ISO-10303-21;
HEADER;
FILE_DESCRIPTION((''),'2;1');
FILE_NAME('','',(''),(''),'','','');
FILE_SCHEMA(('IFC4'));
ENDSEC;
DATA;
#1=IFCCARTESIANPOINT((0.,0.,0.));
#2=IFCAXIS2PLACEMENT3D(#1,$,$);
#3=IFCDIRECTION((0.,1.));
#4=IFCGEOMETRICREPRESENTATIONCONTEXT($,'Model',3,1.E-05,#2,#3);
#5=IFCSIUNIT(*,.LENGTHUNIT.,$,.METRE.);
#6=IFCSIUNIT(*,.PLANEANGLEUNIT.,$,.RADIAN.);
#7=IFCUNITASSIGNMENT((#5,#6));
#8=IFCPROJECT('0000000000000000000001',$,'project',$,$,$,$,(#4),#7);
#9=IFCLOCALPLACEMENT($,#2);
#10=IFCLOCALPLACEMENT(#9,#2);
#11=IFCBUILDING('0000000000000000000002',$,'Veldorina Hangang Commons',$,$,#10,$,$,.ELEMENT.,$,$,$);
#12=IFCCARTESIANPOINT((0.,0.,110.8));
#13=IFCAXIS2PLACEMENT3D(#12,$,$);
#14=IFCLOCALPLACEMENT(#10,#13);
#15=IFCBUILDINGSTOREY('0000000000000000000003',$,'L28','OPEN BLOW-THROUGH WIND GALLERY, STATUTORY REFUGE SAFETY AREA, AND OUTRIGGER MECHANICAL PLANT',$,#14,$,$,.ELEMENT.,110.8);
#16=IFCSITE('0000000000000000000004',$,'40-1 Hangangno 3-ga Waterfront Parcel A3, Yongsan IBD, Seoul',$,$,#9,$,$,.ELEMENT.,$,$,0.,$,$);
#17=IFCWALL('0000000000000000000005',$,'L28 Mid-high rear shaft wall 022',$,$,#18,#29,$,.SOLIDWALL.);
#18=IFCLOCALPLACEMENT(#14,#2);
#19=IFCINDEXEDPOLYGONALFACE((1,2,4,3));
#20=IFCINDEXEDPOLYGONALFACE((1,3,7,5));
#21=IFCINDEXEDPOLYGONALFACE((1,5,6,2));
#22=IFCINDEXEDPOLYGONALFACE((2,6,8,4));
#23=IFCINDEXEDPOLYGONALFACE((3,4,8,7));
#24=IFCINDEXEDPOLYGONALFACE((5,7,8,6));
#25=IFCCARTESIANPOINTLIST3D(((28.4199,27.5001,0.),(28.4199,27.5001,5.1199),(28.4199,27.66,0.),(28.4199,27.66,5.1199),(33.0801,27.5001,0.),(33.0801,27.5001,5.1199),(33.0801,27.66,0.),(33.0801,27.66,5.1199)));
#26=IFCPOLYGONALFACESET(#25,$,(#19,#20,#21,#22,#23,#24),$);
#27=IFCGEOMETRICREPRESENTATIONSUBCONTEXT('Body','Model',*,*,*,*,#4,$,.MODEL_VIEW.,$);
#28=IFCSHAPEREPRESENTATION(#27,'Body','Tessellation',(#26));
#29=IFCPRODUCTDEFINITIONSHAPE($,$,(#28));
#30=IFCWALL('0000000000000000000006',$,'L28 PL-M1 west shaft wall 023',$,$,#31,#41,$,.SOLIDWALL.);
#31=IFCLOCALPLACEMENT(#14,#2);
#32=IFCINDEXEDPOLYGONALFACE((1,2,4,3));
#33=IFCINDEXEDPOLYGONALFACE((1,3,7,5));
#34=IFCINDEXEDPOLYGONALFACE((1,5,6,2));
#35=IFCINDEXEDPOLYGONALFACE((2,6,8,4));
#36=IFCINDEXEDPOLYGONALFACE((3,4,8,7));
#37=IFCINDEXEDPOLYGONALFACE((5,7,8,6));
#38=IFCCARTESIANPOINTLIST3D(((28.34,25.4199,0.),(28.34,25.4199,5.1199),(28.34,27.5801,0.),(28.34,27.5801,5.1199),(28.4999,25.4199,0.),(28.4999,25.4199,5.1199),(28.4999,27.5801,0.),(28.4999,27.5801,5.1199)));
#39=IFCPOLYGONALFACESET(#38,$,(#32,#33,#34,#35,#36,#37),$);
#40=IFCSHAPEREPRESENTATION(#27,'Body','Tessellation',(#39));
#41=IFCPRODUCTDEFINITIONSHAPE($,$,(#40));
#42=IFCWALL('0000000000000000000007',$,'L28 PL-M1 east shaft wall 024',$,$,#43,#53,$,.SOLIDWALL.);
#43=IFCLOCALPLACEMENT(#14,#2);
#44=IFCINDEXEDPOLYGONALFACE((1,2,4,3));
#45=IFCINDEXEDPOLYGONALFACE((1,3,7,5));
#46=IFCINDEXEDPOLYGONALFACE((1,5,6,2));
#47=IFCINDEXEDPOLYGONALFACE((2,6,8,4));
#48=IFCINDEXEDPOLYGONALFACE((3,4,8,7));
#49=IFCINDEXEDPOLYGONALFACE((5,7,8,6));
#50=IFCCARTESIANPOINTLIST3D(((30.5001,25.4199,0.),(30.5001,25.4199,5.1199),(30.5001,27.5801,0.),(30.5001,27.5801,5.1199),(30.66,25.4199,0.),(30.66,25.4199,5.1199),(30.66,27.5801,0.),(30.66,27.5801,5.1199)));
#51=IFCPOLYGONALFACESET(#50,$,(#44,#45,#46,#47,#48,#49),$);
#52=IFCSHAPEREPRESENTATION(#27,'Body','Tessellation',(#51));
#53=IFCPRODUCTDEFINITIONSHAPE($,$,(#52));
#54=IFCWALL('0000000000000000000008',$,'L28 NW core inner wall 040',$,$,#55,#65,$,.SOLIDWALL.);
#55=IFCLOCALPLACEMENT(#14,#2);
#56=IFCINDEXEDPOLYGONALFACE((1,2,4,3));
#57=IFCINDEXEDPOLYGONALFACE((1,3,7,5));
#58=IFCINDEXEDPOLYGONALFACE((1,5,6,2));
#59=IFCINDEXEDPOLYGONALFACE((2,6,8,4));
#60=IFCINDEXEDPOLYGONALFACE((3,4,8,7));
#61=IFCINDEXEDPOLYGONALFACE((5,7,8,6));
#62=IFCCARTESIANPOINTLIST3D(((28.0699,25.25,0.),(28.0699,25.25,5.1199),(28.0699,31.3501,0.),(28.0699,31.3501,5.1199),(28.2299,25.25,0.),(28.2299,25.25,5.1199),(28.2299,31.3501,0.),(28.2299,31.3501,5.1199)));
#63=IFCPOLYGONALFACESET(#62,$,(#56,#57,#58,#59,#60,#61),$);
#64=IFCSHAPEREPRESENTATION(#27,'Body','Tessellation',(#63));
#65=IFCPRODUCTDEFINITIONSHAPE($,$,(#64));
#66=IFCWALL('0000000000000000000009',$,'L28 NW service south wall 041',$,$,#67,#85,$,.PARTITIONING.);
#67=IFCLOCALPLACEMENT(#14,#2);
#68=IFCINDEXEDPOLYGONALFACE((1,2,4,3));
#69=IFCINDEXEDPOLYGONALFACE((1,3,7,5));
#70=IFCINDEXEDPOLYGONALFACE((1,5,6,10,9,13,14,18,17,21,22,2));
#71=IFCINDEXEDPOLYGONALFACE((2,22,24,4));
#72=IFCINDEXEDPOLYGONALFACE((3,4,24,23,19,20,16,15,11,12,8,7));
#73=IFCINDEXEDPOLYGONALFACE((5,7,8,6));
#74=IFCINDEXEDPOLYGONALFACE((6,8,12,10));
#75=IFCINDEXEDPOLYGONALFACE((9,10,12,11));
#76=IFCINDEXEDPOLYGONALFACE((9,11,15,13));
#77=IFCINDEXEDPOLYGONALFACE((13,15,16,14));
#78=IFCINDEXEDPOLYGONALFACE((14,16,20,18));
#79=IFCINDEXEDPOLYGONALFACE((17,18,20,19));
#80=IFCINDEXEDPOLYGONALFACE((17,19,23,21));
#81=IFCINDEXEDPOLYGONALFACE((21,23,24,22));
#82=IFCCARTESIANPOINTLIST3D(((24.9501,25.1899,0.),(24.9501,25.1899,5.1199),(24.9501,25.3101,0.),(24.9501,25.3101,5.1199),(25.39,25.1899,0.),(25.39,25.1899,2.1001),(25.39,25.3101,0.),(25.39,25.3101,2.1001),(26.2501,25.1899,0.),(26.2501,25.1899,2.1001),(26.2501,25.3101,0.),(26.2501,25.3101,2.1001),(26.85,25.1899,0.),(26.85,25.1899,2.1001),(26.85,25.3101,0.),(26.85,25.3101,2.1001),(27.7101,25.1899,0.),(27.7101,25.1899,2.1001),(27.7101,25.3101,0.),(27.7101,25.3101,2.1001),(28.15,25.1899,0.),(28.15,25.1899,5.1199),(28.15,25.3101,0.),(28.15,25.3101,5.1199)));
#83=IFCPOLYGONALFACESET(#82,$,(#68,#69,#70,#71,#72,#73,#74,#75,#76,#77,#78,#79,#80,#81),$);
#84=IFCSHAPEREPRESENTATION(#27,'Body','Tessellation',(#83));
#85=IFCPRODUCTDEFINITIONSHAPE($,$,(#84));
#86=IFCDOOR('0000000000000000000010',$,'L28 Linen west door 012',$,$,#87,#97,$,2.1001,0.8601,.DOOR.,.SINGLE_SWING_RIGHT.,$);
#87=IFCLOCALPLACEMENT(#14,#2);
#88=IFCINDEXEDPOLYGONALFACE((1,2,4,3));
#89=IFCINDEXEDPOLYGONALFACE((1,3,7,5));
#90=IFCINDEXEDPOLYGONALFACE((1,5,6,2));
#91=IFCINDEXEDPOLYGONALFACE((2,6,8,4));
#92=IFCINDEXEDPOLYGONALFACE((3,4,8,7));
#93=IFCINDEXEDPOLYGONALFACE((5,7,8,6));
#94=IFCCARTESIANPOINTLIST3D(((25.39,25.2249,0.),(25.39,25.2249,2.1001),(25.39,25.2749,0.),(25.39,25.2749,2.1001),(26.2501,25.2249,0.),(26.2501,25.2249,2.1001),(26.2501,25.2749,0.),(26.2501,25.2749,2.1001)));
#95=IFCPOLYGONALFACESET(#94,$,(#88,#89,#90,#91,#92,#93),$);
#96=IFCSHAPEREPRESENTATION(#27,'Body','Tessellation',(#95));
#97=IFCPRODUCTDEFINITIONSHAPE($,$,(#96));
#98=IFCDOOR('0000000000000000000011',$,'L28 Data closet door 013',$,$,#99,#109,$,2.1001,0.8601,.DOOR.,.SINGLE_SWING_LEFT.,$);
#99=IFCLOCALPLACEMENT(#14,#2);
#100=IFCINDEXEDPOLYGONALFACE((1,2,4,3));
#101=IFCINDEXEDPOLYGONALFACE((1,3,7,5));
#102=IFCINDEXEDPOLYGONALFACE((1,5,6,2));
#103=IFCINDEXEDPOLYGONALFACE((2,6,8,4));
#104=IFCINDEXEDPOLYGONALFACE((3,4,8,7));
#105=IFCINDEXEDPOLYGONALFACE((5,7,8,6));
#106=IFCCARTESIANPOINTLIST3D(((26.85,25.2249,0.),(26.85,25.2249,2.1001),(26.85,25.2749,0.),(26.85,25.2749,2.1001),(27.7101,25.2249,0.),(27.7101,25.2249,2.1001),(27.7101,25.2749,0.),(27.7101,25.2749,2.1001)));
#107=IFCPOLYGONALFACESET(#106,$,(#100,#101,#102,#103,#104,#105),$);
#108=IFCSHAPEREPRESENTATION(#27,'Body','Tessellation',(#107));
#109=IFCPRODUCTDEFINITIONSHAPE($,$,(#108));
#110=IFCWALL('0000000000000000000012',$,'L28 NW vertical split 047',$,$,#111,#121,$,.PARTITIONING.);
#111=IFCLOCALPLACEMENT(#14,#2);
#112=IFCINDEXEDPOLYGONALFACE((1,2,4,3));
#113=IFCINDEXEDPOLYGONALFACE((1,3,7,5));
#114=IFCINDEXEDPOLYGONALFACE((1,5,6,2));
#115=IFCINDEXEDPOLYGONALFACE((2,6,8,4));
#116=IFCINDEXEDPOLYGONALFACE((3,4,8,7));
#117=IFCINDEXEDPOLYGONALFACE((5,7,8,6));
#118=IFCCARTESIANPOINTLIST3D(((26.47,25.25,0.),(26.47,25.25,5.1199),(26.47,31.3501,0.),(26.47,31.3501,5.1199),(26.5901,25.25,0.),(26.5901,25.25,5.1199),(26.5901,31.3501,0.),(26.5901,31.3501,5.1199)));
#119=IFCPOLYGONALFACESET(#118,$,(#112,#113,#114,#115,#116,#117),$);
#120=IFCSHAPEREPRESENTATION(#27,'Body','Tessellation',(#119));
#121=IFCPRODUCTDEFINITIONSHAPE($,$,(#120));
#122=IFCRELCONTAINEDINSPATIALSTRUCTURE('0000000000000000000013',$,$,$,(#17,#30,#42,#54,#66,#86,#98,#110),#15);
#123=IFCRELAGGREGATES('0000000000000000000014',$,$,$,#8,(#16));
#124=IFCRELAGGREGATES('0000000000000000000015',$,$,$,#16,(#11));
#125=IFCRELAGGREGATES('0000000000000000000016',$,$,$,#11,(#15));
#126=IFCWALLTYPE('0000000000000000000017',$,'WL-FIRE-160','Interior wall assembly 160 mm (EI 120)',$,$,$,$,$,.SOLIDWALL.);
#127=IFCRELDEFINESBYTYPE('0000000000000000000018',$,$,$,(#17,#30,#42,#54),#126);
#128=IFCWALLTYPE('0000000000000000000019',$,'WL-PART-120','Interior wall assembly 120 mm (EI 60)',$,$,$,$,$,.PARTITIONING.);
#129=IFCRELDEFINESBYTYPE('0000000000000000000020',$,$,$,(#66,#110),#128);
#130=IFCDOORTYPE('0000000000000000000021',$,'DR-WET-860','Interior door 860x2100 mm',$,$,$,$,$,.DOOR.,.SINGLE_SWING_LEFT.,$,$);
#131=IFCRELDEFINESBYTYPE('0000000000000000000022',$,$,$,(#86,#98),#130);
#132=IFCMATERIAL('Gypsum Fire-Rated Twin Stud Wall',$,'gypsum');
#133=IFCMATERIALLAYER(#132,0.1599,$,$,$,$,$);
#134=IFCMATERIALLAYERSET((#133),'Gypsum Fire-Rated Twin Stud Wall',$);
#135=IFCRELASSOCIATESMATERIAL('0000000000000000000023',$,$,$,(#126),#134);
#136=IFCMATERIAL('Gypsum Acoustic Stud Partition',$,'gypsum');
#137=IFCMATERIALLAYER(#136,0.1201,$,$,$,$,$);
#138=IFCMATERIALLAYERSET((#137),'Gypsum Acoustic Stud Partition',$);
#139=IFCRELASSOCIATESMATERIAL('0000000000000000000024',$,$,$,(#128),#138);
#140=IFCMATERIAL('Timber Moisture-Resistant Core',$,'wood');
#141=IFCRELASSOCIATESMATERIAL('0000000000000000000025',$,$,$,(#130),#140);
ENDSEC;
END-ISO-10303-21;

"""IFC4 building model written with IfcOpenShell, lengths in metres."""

from ifc_helpers import new_model, si_unit, direction, frame, frame_2d, origin, place, context, subcontext, project, spatial, rectangle, extrude, material, layer, layer_set, type_object, element, fill, save


model = new_model("IFC4")

# Units and contexts
model_context = context("Model", 3, precision=1e-05, world=origin(), true_north=direction((0.0, 1.0)))
body_context = subcontext(model_context, "Body", "Model", "MODEL_VIEW")
ifc_project = project(units=[si_unit("LENGTHUNIT", "METRE"), si_unit("PLANEANGLEUNIT", "RADIAN")], contexts=[model_context])

# Site, building, storey
site_placement = place(None, origin())
site = spatial("IfcSite", under=ifc_project, at=site_placement, Name="40-1 Hangangno 3-ga Waterfront Parcel A3, Yongsan IBD, Seoul", CompositionType="ELEMENT", RefElevation=0.0)
building_placement = place(site_placement, origin())
building = spatial("IfcBuilding", under=site, at=building_placement, Name="Veldorina Hangang Commons", CompositionType="ELEMENT")
storey_placement = place(building_placement, frame((0.0, 0.0, 110.8)))
storey = spatial("IfcBuildingStorey", under=building, at=storey_placement, Name="L28", Description="OPEN BLOW-THROUGH WIND GALLERY, STATUTORY REFUGE SAFETY AREA, AND OUTRIGGER MECHANICAL PLANT", CompositionType="ELEMENT", Elevation=110.8)

# Shared definitions
ifc_material_1 = material(Name="Gypsum Fire-Rated Twin Stud Wall", Category="gypsum")
ifc_layer_1 = layer(ifc_material_1, 0.1599)
ifc_layer_set_1 = layer_set([ifc_layer_1], Name="Gypsum Fire-Rated Twin Stud Wall")
wall_type_1 = type_object("IfcWallType", Name="WL-FIRE-160", Description="Interior wall assembly 160 mm (EI 120)", PredefinedType="SOLIDWALL", material=ifc_layer_set_1)

# Walls
wall_1_placement = place(storey_placement, frame((28.4199, 27.5801, 0.0), z_axis=(0.0, 0.0, 1.0), x_axis=(1.0, 0.0, 0.0)))
element("IfcWall", 1, at=wall_1_placement, inside=storey, type_object=wall_type_1, Name="L28 Mid-high rear shaft wall 022", PredefinedType="SOLIDWALL", context=body_context, shape_type="SweptSolid", body=[
    extrude(rectangle(XDim=4.6602, YDim=0.1599, at=frame_2d((2.3301, 0.0))), origin(), (0.0, 0.0, 1.0), 5.1199),
])
for number, where, z_axis, x_axis, name in (
    (2, (28.4199, 25.4199, 0.0), (0.0, 0.0, 1.0), (0.0, 1.0, 0.0), "L28 PL-M1 west shaft wall 023"),
    (3, (30.5801, 25.4199, 0.0), (0.0, 0.0, 1.0), (0.0, 1.0, 0.0), "L28 PL-M1 east shaft wall 024"),
):
    element("IfcWall", number, at=place(storey_placement, frame(where, z_axis=z_axis, x_axis=x_axis)), inside=storey, type_object=wall_type_1, Name=name, PredefinedType="SOLIDWALL", context=body_context, shape_type="SweptSolid", body=[
        extrude(rectangle(XDim=2.1602, YDim=0.1599, at=frame_2d((1.0801, 0.0))), origin(), (0.0, 0.0, 1.0), 5.1199),
    ])
wall_2_placement = place(storey_placement, frame((28.1499, 25.25, 0.0), z_axis=(0.0, 0.0, 1.0), x_axis=(0.0, 1.0, 0.0)))
element("IfcWall", 4, at=wall_2_placement, inside=storey, type_object=wall_type_1, Name="L28 NW core inner wall 040", PredefinedType="SOLIDWALL", context=body_context, shape_type="SweptSolid", body=[
    extrude(rectangle(XDim=6.1001, YDim=0.1599, at=frame_2d((3.05, 0.0))), origin(), (0.0, 0.0, 1.0), 5.1199),
])

# Wall, openings, doors
ifc_material_2 = material(Name="Gypsum Acoustic Stud Partition", Category="gypsum")
ifc_layer_2 = layer(ifc_material_2, 0.1201)
ifc_layer_set_2 = layer_set([ifc_layer_2], Name="Gypsum Acoustic Stud Partition")
wall_type_2 = type_object("IfcWallType", Name="WL-PART-120", Description="Interior wall assembly 120 mm (EI 60)", PredefinedType="PARTITIONING", material=ifc_layer_set_2)
wall_3_placement = place(storey_placement, frame((24.95, 25.25, 0.0), z_axis=(0.0, 0.0, 1.0), x_axis=(1.0, 0.0, 0.0)))
wall_3 = element("IfcWall", 5, at=wall_3_placement, inside=storey, type_object=wall_type_2, Name="L28 NW service south wall 041", PredefinedType="PARTITIONING", context=body_context, shape_type="SweptSolid", body=[
    extrude(rectangle(XDim=3.2, YDim=0.1201, at=frame_2d((1.6001, 0.0))), origin(), (0.0, 0.0, 1.0), 5.1199),
])
opening_1_placement = place(wall_3_placement, frame((0.4399, 0.0, 0.0)))
opening_1 = element("IfcOpeningElement", 6, at=opening_1_placement, cuts=wall_3, PredefinedType="OPENING", context=body_context, shape_type="SweptSolid", body=[
    extrude(rectangle(XDim=0.8601, YDim=2.1001, at=frame_2d((0.4302, 1.05))), frame((0.0, 0.0701, 0.0), z_axis=(0.0, -1.0, 0.0), x_axis=(1.0, 0.0, 0.0)), (0.0, 0.0, 1.0), 0.1401),
])
opening_2_placement = place(wall_3_placement, frame((1.8999, 0.0, 0.0)))
opening_2 = element("IfcOpeningElement", 7, at=opening_2_placement, cuts=wall_3, PredefinedType="OPENING", context=body_context, shape_type="SweptSolid", body=[
    extrude(rectangle(XDim=0.8601, YDim=2.1001, at=frame_2d((0.4302, 1.05))), frame((0.0, 0.0701, 0.0), z_axis=(0.0, -1.0, 0.0), x_axis=(1.0, 0.0, 0.0)), (0.0, 0.0, 1.0), 0.1401),
])
ifc_material_3 = material(Name="Timber Moisture-Resistant Core", Category="wood")
door_type_1 = type_object("IfcDoorType", Name="DR-WET-860", Description="Interior door 860x2100 mm", OperationType="SINGLE_SWING_LEFT", PredefinedType="DOOR", material=ifc_material_3)
door_1_placement = place(opening_1_placement, origin())
door_1 = element("IfcDoor", 8, at=door_1_placement, inside=storey, type_object=door_type_1, Name="L28 Linen west door 012", OperationType="SINGLE_SWING_RIGHT", OverallHeight=2.1001, OverallWidth=0.8601, PredefinedType="DOOR", context=body_context, shape_type="SweptSolid", body=[
    extrude(rectangle(XDim=0.8601, YDim=2.1001, at=frame_2d((0.4302, 1.05))), frame((0.0, 0.0249, 0.0), z_axis=(0.0, -1.0, 0.0), x_axis=(1.0, 0.0, 0.0)), (0.0, 0.0, 1.0), 0.05),
])
fill(opening_1, door_1)
door_2_placement = place(opening_2_placement, origin())
door_2 = element("IfcDoor", 9, at=door_2_placement, inside=storey, type_object=door_type_1, Name="L28 Data closet door 013", OperationType="SINGLE_SWING_LEFT", OverallHeight=2.1001, OverallWidth=0.8601, PredefinedType="DOOR", context=body_context, shape_type="SweptSolid", body=[
    extrude(rectangle(XDim=0.8601, YDim=2.1001, at=frame_2d((0.4302, 1.05))), frame((0.0, 0.0249, 0.0), z_axis=(0.0, -1.0, 0.0), x_axis=(1.0, 0.0, 0.0)), (0.0, 0.0, 1.0), 0.05),
])
fill(opening_2, door_2)

# Wall
wall_4_placement = place(storey_placement, frame((26.53, 25.25, 0.0), z_axis=(0.0, 0.0, 1.0), x_axis=(0.0, 1.0, 0.0)))
element("IfcWall", 10, at=wall_4_placement, inside=storey, type_object=wall_type_2, Name="L28 NW vertical split 047", PredefinedType="PARTITIONING", context=body_context, shape_type="SweptSolid", body=[
    extrude(rectangle(XDim=6.1001, YDim=0.1201, at=frame_2d((3.05, 0.0))), origin(), (0.0, 0.0, 1.0), 5.1199),
])

save(model, "model.ifc")
